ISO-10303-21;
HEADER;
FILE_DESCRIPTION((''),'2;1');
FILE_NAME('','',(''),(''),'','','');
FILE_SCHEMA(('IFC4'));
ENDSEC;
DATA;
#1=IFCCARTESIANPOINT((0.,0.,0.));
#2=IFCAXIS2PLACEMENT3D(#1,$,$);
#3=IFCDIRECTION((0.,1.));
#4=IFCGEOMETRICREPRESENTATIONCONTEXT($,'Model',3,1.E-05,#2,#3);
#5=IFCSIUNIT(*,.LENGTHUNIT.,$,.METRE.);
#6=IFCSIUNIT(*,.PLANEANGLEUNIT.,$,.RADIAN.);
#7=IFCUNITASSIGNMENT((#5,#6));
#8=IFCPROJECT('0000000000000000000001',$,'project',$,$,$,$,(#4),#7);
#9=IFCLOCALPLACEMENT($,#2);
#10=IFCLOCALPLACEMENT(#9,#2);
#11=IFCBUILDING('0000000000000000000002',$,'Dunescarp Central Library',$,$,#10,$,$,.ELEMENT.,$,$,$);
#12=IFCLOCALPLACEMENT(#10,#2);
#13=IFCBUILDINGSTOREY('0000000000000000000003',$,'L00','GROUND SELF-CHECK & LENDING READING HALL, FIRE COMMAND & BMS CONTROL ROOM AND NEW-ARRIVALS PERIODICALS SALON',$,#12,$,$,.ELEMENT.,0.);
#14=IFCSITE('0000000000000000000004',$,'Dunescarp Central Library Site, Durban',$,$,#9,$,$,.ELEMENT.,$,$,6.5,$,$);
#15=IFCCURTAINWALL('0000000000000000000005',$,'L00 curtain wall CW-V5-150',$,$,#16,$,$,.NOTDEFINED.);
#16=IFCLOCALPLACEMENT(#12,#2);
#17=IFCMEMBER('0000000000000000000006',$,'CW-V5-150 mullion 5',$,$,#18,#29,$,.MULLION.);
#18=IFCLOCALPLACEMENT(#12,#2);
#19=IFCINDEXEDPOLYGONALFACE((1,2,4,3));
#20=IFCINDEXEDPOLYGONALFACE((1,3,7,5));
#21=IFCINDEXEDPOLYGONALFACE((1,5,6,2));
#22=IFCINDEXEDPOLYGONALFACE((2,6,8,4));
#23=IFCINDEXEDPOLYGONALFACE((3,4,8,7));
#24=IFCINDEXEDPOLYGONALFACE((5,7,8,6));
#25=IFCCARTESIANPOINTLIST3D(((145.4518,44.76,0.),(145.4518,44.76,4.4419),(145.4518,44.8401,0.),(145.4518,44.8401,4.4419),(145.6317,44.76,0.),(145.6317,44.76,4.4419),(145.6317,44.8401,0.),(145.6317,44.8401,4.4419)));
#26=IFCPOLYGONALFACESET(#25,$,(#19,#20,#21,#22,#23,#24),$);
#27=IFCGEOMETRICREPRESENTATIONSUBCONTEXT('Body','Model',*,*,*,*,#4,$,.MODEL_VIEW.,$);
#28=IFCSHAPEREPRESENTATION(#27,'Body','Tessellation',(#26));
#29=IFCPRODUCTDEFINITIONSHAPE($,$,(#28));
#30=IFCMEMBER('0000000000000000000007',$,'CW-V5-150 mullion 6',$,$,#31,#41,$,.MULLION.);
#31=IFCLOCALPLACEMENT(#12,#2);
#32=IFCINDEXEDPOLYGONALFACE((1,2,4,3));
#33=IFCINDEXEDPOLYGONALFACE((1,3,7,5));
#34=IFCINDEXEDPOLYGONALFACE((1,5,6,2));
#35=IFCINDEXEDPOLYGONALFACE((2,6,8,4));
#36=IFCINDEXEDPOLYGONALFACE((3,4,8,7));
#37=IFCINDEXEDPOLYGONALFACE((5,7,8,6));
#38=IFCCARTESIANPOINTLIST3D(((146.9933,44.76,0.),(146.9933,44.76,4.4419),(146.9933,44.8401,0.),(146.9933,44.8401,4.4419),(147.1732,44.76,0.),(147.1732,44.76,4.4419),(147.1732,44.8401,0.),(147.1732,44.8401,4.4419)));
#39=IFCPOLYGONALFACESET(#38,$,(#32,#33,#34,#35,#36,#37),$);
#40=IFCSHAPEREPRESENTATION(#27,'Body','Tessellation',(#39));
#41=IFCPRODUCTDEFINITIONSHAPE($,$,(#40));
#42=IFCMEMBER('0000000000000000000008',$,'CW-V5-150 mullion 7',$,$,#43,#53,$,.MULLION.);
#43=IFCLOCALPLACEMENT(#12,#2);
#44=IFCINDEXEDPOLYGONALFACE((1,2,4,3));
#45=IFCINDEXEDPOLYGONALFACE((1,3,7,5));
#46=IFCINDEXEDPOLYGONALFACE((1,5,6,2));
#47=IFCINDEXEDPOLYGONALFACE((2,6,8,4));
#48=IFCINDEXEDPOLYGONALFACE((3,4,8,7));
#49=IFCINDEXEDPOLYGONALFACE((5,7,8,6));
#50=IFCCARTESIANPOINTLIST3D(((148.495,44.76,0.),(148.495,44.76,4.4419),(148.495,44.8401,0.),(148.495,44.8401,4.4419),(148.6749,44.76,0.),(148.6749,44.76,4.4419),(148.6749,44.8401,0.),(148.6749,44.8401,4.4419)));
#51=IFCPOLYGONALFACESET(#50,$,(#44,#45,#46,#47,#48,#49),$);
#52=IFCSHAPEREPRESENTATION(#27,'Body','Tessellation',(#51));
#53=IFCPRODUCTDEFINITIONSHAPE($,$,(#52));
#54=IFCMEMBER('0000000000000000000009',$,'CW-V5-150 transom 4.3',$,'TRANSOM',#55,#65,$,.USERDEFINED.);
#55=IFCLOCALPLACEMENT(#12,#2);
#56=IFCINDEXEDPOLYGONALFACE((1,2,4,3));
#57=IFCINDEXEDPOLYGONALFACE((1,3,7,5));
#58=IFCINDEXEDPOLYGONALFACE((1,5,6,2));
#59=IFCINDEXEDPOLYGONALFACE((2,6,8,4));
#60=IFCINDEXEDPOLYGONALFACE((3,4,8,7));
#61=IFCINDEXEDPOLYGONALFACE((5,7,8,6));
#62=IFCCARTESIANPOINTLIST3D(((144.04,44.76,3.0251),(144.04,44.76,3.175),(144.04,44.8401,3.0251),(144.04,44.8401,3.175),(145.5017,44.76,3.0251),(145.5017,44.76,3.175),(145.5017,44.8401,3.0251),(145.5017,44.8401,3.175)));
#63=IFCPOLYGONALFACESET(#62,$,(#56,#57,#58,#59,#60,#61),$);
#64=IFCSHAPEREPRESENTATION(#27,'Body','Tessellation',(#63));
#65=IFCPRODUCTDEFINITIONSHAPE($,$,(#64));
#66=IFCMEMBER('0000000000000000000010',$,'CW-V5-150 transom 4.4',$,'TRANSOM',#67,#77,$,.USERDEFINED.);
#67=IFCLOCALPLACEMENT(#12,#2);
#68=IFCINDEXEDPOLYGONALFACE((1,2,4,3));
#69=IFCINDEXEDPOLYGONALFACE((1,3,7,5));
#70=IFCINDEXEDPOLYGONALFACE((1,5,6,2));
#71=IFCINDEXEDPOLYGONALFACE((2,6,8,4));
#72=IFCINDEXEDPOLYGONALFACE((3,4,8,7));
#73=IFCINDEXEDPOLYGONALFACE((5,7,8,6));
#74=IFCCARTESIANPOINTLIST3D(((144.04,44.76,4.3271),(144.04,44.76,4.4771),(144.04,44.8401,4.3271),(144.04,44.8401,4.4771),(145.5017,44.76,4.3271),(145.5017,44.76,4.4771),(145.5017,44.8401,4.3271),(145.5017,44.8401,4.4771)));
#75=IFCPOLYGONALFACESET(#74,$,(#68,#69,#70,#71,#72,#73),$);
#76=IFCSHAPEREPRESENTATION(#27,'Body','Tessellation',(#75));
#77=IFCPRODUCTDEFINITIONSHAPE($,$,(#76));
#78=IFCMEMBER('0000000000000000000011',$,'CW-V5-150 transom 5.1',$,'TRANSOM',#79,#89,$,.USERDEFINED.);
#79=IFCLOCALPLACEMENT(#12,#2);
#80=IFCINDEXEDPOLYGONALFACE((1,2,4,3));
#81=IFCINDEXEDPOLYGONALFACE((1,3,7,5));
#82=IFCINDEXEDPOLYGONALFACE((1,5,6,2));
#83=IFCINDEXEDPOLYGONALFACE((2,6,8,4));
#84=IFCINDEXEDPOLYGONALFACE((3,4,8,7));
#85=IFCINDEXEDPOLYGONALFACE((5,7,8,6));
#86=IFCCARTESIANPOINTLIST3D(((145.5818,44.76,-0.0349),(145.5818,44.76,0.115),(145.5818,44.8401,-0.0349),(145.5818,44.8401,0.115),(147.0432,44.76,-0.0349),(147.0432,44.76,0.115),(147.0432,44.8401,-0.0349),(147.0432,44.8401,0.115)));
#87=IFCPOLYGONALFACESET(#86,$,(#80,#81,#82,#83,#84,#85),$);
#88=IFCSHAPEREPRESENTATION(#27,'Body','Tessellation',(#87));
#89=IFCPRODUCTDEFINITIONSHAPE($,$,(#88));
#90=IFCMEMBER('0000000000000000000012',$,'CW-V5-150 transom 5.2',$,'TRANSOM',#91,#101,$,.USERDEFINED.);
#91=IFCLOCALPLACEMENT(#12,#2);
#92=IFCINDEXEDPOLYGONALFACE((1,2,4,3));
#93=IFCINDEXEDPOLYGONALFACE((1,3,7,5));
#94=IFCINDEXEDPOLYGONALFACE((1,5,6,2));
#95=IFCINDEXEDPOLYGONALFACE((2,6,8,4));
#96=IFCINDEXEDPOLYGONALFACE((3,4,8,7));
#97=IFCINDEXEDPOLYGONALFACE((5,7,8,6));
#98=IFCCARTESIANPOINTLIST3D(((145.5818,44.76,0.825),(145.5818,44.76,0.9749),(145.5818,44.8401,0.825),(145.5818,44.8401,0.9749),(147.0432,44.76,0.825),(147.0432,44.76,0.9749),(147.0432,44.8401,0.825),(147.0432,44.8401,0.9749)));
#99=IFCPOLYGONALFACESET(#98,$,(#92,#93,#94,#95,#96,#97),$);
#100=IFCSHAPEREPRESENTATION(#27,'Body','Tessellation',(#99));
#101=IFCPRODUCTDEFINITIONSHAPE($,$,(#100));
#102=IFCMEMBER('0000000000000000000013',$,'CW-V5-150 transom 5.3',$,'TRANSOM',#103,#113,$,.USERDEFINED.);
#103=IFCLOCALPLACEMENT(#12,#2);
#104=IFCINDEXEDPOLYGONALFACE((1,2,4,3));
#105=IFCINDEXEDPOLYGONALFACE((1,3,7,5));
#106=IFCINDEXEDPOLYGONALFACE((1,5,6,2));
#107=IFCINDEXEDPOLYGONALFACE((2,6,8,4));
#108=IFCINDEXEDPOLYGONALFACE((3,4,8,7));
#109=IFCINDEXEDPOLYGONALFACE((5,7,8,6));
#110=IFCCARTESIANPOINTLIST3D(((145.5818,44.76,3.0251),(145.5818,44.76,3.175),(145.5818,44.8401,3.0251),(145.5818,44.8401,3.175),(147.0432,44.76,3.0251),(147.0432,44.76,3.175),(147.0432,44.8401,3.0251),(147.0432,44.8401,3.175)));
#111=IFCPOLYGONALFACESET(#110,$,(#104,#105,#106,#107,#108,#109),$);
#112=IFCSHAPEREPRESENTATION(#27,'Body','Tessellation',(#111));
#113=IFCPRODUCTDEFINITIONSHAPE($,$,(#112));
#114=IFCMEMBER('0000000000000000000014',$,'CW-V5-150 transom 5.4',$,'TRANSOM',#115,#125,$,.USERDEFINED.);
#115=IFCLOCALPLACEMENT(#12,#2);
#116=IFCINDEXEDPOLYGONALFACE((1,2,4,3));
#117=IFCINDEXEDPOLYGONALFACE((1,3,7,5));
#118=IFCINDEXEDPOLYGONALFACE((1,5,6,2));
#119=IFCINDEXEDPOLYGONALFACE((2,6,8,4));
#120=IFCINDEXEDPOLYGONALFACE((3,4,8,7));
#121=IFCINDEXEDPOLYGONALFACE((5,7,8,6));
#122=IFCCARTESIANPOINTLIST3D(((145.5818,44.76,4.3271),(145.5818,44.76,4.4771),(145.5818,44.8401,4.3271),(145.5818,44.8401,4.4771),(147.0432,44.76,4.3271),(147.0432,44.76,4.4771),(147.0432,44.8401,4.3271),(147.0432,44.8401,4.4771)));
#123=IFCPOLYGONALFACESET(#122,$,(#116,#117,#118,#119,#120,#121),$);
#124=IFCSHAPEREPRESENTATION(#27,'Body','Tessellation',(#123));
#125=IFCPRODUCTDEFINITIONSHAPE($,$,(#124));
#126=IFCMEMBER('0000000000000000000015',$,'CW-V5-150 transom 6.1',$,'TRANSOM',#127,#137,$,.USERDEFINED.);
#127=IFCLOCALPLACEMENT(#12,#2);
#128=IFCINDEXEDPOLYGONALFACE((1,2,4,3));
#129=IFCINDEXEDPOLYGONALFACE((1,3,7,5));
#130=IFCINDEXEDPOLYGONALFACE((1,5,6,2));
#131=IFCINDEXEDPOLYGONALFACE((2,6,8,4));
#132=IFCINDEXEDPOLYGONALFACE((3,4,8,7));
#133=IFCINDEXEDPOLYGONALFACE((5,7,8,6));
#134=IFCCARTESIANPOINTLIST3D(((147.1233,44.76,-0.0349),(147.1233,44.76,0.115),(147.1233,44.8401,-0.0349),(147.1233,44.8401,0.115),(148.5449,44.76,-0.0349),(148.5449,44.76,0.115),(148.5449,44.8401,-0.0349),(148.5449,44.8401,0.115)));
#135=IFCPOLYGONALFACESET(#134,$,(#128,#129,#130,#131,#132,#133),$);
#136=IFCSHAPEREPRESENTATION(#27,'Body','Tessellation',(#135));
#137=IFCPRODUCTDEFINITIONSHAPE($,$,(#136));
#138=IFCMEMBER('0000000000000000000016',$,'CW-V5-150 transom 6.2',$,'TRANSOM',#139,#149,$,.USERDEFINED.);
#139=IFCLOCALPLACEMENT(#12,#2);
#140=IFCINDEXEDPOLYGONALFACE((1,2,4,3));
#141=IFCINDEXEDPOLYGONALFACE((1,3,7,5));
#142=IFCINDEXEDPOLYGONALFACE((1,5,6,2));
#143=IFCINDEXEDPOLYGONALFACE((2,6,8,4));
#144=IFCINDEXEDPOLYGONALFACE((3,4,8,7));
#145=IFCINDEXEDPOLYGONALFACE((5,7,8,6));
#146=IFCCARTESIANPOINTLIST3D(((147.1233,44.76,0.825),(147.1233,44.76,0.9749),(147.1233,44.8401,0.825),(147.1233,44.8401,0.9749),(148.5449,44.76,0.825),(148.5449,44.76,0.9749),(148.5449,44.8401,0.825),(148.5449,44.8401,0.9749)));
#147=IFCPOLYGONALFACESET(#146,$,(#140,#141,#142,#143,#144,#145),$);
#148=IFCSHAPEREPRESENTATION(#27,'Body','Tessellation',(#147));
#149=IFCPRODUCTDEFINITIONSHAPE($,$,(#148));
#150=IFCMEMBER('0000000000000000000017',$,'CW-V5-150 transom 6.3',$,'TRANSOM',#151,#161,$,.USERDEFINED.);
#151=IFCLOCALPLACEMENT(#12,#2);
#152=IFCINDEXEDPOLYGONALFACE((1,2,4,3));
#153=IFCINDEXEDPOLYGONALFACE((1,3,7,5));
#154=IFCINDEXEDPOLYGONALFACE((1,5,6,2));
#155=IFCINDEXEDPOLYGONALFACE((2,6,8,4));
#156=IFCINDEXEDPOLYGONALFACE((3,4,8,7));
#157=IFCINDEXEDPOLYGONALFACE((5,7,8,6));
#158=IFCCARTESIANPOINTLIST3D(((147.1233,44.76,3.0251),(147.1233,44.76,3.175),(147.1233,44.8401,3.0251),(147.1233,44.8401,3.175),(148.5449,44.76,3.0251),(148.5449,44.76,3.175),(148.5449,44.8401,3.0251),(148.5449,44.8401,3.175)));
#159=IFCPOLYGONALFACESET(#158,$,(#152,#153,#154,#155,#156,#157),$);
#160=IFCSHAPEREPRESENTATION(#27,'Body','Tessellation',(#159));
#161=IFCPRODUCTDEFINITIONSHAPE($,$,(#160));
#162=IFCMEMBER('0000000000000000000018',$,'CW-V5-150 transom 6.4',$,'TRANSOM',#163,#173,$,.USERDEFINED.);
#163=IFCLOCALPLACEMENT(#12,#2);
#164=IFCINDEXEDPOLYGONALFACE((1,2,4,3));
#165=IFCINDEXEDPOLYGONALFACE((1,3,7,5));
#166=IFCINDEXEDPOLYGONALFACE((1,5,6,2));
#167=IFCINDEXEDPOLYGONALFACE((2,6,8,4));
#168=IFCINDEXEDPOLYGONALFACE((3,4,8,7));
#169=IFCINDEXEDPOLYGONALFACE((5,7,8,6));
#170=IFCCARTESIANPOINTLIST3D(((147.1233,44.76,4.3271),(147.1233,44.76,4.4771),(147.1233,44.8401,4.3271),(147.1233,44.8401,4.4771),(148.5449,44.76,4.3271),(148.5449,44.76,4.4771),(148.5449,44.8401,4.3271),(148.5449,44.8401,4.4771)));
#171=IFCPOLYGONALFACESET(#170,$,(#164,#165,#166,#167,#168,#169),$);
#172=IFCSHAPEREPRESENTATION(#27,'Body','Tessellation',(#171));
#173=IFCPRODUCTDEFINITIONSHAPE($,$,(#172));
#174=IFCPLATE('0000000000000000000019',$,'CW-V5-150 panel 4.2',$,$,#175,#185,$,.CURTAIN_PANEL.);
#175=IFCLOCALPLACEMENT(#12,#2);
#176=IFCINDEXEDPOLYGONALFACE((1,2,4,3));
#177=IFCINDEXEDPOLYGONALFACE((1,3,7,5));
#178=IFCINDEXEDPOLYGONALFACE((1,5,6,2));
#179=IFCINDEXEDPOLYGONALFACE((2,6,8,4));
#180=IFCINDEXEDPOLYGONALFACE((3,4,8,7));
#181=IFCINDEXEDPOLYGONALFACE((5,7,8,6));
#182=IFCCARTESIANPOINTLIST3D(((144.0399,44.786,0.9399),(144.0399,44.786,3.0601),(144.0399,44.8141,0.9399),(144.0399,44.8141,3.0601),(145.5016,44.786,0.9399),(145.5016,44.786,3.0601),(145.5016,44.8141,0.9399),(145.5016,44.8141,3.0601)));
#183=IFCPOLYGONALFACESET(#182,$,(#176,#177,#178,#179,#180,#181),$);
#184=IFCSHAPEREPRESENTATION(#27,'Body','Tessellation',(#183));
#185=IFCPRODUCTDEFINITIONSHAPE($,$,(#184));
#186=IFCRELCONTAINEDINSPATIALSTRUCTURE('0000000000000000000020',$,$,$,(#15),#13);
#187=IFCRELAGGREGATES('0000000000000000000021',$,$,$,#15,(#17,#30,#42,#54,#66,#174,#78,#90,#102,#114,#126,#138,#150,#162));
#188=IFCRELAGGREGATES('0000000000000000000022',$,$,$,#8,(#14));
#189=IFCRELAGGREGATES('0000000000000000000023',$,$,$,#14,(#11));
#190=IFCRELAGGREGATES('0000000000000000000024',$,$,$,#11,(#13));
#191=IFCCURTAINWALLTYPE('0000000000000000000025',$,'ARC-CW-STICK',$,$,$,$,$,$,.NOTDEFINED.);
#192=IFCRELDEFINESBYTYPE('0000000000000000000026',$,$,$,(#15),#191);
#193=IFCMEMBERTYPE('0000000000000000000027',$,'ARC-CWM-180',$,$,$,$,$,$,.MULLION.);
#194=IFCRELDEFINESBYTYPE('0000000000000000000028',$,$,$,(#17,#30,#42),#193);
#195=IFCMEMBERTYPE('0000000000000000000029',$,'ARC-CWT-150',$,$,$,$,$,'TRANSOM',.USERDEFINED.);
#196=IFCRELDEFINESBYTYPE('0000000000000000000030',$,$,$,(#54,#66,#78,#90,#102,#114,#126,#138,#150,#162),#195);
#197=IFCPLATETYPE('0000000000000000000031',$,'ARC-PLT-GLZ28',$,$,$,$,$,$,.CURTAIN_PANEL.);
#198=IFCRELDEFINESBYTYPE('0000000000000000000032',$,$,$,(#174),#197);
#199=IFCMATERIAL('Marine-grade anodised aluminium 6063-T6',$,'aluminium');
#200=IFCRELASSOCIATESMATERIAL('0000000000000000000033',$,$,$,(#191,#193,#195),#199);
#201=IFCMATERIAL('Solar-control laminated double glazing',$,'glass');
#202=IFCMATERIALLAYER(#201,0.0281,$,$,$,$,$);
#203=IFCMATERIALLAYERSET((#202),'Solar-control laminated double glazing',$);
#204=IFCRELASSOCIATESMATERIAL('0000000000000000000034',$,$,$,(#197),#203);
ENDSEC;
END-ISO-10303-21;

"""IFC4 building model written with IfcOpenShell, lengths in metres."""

from ifc_helpers import new_model, si_unit, direction, frame, origin, origin_2d, place, context, subcontext, project, spatial, rectangle, extrude, material, layer, layer_set, material_profile, profile_set, type_object, element, aggregate, save


model = new_model("IFC4")

# Units and contexts
model_context = context("Model", 3, precision=1e-05, world=origin(), true_north=direction((0.0, 1.0)))
body_context = subcontext(model_context, "Body", "Model", "MODEL_VIEW")
ifc_project = project(units=[si_unit("LENGTHUNIT", "METRE"), si_unit("PLANEANGLEUNIT", "RADIAN")], contexts=[model_context])

# Site, building, storey
site_placement = place(None, origin())
site = spatial("IfcSite", under=ifc_project, at=site_placement, Name="Dunescarp Central Library Site, Durban", CompositionType="ELEMENT", RefElevation=6.5)
building_placement = place(site_placement, origin())
building = spatial("IfcBuilding", under=site, at=building_placement, Name="Dunescarp Central Library", CompositionType="ELEMENT")
storey_placement = place(building_placement, origin())
storey = spatial("IfcBuildingStorey", under=building, at=storey_placement, Name="L00", Description="GROUND SELF-CHECK & LENDING READING HALL, FIRE COMMAND & BMS CONTROL ROOM AND NEW-ARRIVALS PERIODICALS SALON", CompositionType="ELEMENT", Elevation=0.0)

# Curtain wall, members, plate
ifc_material_1 = material(Name="Marine-grade anodised aluminium 6063-T6", Category="aluminium")
curtain_wall_type = type_object("IfcCurtainWallType", Name="ARC-CW-STICK", PredefinedType="NOTDEFINED", material=ifc_material_1)
curtain_wall_placement = place(storey_placement, origin())
curtain_wall = element("IfcCurtainWall", 1, at=curtain_wall_placement, inside=storey, type_object=curtain_wall_type, Name="L00 curtain wall CW-V5-150", PredefinedType="NOTDEFINED")
ifc_material_profile_1 = material_profile(ifc_material_1, rectangle(XDim=0.0801, YDim=0.1799, at=origin_2d()), Name="AL 80x180")
ifc_profile_set_1 = profile_set([ifc_material_profile_1], Name="Marine-grade anodised aluminium 6063-T6")
member_type_1 = type_object("IfcMemberType", Name="ARC-CWM-180", PredefinedType="MULLION", material=ifc_profile_set_1)
member_1_placement = place(storey_placement, frame((145.5417, 44.8, 0.0), z_axis=(0.0, 0.0, 1.0), x_axis=(0.0, 1.0, 0.0)))
member_1 = element("IfcMember", 2, at=member_1_placement, type_object=member_type_1, Name="CW-V5-150 mullion 5", PredefinedType="MULLION", context=body_context, shape_type="SweptSolid", body=[
    extrude(rectangle(XDim=0.0801, YDim=0.1799, at=origin_2d()), origin(), (0.0, 0.0, 1.0), 4.4419),
])
member_2_placement = place(storey_placement, frame((147.0833, 44.8, 0.0), z_axis=(0.0, 0.0, 1.0), x_axis=(0.0, 1.0, 0.0)))
member_2 = element("IfcMember", 3, at=member_2_placement, type_object=member_type_1, Name="CW-V5-150 mullion 6", PredefinedType="MULLION", context=body_context, shape_type="SweptSolid", body=[
    extrude(rectangle(XDim=0.0801, YDim=0.1799, at=origin_2d()), origin(), (0.0, 0.0, 1.0), 4.4419),
])
member_3_placement = place(storey_placement, frame((148.585, 44.8, 0.0), z_axis=(0.0, 0.0, 1.0), x_axis=(0.0, 1.0, 0.0)))
member_3 = element("IfcMember", 4, at=member_3_placement, type_object=member_type_1, Name="CW-V5-150 mullion 7", PredefinedType="MULLION", context=body_context, shape_type="SweptSolid", body=[
    extrude(rectangle(XDim=0.0801, YDim=0.1799, at=origin_2d()), origin(), (0.0, 0.0, 1.0), 4.4419),
])
ifc_material_profile_2 = material_profile(ifc_material_1, rectangle(XDim=0.0801, YDim=0.1499, at=origin_2d()), Name="AL 80x150")
ifc_profile_set_2 = profile_set([ifc_material_profile_2], Name="Marine-grade anodised aluminium 6063-T6")
member_type_2 = type_object("IfcMemberType", Name="ARC-CWT-150", ElementType="TRANSOM", PredefinedType="USERDEFINED", material=ifc_profile_set_2)
member_4_placement = place(storey_placement, frame((144.04, 44.8, 3.1001), z_axis=(1.0, 0.0, 0.0), x_axis=(0.0, 1.0, 0.0)))
member_4 = element("IfcMember", 5, at=member_4_placement, type_object=member_type_2, Name="CW-V5-150 transom 4.3", ObjectType="TRANSOM", PredefinedType="USERDEFINED", context=body_context, shape_type="SweptSolid", body=[
    extrude(rectangle(XDim=0.0801, YDim=0.1499, at=origin_2d()), origin(), (0.0, 0.0, 1.0), 1.4617),
])
member_5_placement = place(storey_placement, frame((144.04, 44.8, 4.4021), z_axis=(1.0, 0.0, 0.0), x_axis=(0.0, 1.0, 0.0)))
member_5 = element("IfcMember", 6, at=member_5_placement, type_object=member_type_2, Name="CW-V5-150 transom 4.4", ObjectType="TRANSOM", PredefinedType="USERDEFINED", context=body_context, shape_type="SweptSolid", body=[
    extrude(rectangle(XDim=0.0801, YDim=0.1499, at=origin_2d()), origin(), (0.0, 0.0, 1.0), 1.4617),
])
member_6_placement = place(storey_placement, frame((145.5818, 44.8, 0.04), z_axis=(1.0, 0.0, 0.0), x_axis=(0.0, 1.0, 0.0)))
member_6 = element("IfcMember", 7, at=member_6_placement, type_object=member_type_2, Name="CW-V5-150 transom 5.1", ObjectType="TRANSOM", PredefinedType="USERDEFINED", context=body_context, shape_type="SweptSolid", body=[
    extrude(rectangle(XDim=0.0801, YDim=0.1499, at=origin_2d()), origin(), (0.0, 0.0, 1.0), 1.4614),
])
member_7_placement = place(storey_placement, frame((145.5818, 44.8, 0.8999), z_axis=(1.0, 0.0, 0.0), x_axis=(0.0, 1.0, 0.0)))
member_7 = element("IfcMember", 8, at=member_7_placement, type_object=member_type_2, Name="CW-V5-150 transom 5.2", ObjectType="TRANSOM", PredefinedType="USERDEFINED", context=body_context, shape_type="SweptSolid", body=[
    extrude(rectangle(XDim=0.0801, YDim=0.1499, at=origin_2d()), origin(), (0.0, 0.0, 1.0), 1.4614),
])
member_8_placement = place(storey_placement, frame((145.5818, 44.8, 3.1001), z_axis=(1.0, 0.0, 0.0), x_axis=(0.0, 1.0, 0.0)))
member_8 = element("IfcMember", 9, at=member_8_placement, type_object=member_type_2, Name="CW-V5-150 transom 5.3", ObjectType="TRANSOM", PredefinedType="USERDEFINED", context=body_context, shape_type="SweptSolid", body=[
    extrude(rectangle(XDim=0.0801, YDim=0.1499, at=origin_2d()), origin(), (0.0, 0.0, 1.0), 1.4614),
])
member_9_placement = place(storey_placement, frame((145.5818, 44.8, 4.4021), z_axis=(1.0, 0.0, 0.0), x_axis=(0.0, 1.0, 0.0)))
member_9 = element("IfcMember", 10, at=member_9_placement, type_object=member_type_2, Name="CW-V5-150 transom 5.4", ObjectType="TRANSOM", PredefinedType="USERDEFINED", context=body_context, shape_type="SweptSolid", body=[
    extrude(rectangle(XDim=0.0801, YDim=0.1499, at=origin_2d()), origin(), (0.0, 0.0, 1.0), 1.4614),
])
member_10_placement = place(storey_placement, frame((147.1233, 44.8, 0.04), z_axis=(1.0, 0.0, 0.0), x_axis=(0.0, 1.0, 0.0)))
member_10 = element("IfcMember", 11, at=member_10_placement, type_object=member_type_2, Name="CW-V5-150 transom 6.1", ObjectType="TRANSOM", PredefinedType="USERDEFINED", context=body_context, shape_type="SweptSolid", body=[
    extrude(rectangle(XDim=0.0801, YDim=0.1499, at=origin_2d()), origin(), (0.0, 0.0, 1.0), 1.4216),
])
member_11_placement = place(storey_placement, frame((147.1233, 44.8, 0.8999), z_axis=(1.0, 0.0, 0.0), x_axis=(0.0, 1.0, 0.0)))
member_11 = element("IfcMember", 12, at=member_11_placement, type_object=member_type_2, Name="CW-V5-150 transom 6.2", ObjectType="TRANSOM", PredefinedType="USERDEFINED", context=body_context, shape_type="SweptSolid", body=[
    extrude(rectangle(XDim=0.0801, YDim=0.1499, at=origin_2d()), origin(), (0.0, 0.0, 1.0), 1.4216),
])
member_12_placement = place(storey_placement, frame((147.1233, 44.8, 3.1001), z_axis=(1.0, 0.0, 0.0), x_axis=(0.0, 1.0, 0.0)))
member_12 = element("IfcMember", 13, at=member_12_placement, type_object=member_type_2, Name="CW-V5-150 transom 6.3", ObjectType="TRANSOM", PredefinedType="USERDEFINED", context=body_context, shape_type="SweptSolid", body=[
    extrude(rectangle(XDim=0.0801, YDim=0.1499, at=origin_2d()), origin(), (0.0, 0.0, 1.0), 1.4216),
])
member_13_placement = place(storey_placement, frame((147.1233, 44.8, 4.4021), z_axis=(1.0, 0.0, 0.0), x_axis=(0.0, 1.0, 0.0)))
member_13 = element("IfcMember", 14, at=member_13_placement, type_object=member_type_2, Name="CW-V5-150 transom 6.4", ObjectType="TRANSOM", PredefinedType="USERDEFINED", context=body_context, shape_type="SweptSolid", body=[
    extrude(rectangle(XDim=0.0801, YDim=0.1499, at=origin_2d()), origin(), (0.0, 0.0, 1.0), 1.4216),
])
ifc_material_2 = material(Name="Solar-control laminated double glazing", Category="glass")
ifc_layer_1 = layer(ifc_material_2, 0.0281)
ifc_layer_set_1 = layer_set([ifc_layer_1], Name="Solar-control laminated double glazing")
plate_type_1 = type_object("IfcPlateType", Name="ARC-PLT-GLZ28", PredefinedType="CURTAIN_PANEL", material=ifc_layer_set_1)
plate_1_placement = place(storey_placement, frame((144.7708, 44.8, 0.9399), z_axis=(0.0, 0.0, 1.0), x_axis=(1.0, 0.0, 0.0)))
plate_1 = element("IfcPlate", 15, at=plate_1_placement, type_object=plate_type_1, Name="CW-V5-150 panel 4.2", PredefinedType="CURTAIN_PANEL", context=body_context, shape_type="SweptSolid", body=[
    extrude(rectangle(XDim=1.4617, YDim=0.0281, at=origin_2d()), origin(), (0.0, 0.0, 1.0), 2.1201),
])
aggregate(curtain_wall, [member_1, member_2, member_3, member_4, member_5, plate_1, member_6, member_7, member_8, member_9, member_10, member_11, member_12, member_13])

save(model, "model.ifc")
